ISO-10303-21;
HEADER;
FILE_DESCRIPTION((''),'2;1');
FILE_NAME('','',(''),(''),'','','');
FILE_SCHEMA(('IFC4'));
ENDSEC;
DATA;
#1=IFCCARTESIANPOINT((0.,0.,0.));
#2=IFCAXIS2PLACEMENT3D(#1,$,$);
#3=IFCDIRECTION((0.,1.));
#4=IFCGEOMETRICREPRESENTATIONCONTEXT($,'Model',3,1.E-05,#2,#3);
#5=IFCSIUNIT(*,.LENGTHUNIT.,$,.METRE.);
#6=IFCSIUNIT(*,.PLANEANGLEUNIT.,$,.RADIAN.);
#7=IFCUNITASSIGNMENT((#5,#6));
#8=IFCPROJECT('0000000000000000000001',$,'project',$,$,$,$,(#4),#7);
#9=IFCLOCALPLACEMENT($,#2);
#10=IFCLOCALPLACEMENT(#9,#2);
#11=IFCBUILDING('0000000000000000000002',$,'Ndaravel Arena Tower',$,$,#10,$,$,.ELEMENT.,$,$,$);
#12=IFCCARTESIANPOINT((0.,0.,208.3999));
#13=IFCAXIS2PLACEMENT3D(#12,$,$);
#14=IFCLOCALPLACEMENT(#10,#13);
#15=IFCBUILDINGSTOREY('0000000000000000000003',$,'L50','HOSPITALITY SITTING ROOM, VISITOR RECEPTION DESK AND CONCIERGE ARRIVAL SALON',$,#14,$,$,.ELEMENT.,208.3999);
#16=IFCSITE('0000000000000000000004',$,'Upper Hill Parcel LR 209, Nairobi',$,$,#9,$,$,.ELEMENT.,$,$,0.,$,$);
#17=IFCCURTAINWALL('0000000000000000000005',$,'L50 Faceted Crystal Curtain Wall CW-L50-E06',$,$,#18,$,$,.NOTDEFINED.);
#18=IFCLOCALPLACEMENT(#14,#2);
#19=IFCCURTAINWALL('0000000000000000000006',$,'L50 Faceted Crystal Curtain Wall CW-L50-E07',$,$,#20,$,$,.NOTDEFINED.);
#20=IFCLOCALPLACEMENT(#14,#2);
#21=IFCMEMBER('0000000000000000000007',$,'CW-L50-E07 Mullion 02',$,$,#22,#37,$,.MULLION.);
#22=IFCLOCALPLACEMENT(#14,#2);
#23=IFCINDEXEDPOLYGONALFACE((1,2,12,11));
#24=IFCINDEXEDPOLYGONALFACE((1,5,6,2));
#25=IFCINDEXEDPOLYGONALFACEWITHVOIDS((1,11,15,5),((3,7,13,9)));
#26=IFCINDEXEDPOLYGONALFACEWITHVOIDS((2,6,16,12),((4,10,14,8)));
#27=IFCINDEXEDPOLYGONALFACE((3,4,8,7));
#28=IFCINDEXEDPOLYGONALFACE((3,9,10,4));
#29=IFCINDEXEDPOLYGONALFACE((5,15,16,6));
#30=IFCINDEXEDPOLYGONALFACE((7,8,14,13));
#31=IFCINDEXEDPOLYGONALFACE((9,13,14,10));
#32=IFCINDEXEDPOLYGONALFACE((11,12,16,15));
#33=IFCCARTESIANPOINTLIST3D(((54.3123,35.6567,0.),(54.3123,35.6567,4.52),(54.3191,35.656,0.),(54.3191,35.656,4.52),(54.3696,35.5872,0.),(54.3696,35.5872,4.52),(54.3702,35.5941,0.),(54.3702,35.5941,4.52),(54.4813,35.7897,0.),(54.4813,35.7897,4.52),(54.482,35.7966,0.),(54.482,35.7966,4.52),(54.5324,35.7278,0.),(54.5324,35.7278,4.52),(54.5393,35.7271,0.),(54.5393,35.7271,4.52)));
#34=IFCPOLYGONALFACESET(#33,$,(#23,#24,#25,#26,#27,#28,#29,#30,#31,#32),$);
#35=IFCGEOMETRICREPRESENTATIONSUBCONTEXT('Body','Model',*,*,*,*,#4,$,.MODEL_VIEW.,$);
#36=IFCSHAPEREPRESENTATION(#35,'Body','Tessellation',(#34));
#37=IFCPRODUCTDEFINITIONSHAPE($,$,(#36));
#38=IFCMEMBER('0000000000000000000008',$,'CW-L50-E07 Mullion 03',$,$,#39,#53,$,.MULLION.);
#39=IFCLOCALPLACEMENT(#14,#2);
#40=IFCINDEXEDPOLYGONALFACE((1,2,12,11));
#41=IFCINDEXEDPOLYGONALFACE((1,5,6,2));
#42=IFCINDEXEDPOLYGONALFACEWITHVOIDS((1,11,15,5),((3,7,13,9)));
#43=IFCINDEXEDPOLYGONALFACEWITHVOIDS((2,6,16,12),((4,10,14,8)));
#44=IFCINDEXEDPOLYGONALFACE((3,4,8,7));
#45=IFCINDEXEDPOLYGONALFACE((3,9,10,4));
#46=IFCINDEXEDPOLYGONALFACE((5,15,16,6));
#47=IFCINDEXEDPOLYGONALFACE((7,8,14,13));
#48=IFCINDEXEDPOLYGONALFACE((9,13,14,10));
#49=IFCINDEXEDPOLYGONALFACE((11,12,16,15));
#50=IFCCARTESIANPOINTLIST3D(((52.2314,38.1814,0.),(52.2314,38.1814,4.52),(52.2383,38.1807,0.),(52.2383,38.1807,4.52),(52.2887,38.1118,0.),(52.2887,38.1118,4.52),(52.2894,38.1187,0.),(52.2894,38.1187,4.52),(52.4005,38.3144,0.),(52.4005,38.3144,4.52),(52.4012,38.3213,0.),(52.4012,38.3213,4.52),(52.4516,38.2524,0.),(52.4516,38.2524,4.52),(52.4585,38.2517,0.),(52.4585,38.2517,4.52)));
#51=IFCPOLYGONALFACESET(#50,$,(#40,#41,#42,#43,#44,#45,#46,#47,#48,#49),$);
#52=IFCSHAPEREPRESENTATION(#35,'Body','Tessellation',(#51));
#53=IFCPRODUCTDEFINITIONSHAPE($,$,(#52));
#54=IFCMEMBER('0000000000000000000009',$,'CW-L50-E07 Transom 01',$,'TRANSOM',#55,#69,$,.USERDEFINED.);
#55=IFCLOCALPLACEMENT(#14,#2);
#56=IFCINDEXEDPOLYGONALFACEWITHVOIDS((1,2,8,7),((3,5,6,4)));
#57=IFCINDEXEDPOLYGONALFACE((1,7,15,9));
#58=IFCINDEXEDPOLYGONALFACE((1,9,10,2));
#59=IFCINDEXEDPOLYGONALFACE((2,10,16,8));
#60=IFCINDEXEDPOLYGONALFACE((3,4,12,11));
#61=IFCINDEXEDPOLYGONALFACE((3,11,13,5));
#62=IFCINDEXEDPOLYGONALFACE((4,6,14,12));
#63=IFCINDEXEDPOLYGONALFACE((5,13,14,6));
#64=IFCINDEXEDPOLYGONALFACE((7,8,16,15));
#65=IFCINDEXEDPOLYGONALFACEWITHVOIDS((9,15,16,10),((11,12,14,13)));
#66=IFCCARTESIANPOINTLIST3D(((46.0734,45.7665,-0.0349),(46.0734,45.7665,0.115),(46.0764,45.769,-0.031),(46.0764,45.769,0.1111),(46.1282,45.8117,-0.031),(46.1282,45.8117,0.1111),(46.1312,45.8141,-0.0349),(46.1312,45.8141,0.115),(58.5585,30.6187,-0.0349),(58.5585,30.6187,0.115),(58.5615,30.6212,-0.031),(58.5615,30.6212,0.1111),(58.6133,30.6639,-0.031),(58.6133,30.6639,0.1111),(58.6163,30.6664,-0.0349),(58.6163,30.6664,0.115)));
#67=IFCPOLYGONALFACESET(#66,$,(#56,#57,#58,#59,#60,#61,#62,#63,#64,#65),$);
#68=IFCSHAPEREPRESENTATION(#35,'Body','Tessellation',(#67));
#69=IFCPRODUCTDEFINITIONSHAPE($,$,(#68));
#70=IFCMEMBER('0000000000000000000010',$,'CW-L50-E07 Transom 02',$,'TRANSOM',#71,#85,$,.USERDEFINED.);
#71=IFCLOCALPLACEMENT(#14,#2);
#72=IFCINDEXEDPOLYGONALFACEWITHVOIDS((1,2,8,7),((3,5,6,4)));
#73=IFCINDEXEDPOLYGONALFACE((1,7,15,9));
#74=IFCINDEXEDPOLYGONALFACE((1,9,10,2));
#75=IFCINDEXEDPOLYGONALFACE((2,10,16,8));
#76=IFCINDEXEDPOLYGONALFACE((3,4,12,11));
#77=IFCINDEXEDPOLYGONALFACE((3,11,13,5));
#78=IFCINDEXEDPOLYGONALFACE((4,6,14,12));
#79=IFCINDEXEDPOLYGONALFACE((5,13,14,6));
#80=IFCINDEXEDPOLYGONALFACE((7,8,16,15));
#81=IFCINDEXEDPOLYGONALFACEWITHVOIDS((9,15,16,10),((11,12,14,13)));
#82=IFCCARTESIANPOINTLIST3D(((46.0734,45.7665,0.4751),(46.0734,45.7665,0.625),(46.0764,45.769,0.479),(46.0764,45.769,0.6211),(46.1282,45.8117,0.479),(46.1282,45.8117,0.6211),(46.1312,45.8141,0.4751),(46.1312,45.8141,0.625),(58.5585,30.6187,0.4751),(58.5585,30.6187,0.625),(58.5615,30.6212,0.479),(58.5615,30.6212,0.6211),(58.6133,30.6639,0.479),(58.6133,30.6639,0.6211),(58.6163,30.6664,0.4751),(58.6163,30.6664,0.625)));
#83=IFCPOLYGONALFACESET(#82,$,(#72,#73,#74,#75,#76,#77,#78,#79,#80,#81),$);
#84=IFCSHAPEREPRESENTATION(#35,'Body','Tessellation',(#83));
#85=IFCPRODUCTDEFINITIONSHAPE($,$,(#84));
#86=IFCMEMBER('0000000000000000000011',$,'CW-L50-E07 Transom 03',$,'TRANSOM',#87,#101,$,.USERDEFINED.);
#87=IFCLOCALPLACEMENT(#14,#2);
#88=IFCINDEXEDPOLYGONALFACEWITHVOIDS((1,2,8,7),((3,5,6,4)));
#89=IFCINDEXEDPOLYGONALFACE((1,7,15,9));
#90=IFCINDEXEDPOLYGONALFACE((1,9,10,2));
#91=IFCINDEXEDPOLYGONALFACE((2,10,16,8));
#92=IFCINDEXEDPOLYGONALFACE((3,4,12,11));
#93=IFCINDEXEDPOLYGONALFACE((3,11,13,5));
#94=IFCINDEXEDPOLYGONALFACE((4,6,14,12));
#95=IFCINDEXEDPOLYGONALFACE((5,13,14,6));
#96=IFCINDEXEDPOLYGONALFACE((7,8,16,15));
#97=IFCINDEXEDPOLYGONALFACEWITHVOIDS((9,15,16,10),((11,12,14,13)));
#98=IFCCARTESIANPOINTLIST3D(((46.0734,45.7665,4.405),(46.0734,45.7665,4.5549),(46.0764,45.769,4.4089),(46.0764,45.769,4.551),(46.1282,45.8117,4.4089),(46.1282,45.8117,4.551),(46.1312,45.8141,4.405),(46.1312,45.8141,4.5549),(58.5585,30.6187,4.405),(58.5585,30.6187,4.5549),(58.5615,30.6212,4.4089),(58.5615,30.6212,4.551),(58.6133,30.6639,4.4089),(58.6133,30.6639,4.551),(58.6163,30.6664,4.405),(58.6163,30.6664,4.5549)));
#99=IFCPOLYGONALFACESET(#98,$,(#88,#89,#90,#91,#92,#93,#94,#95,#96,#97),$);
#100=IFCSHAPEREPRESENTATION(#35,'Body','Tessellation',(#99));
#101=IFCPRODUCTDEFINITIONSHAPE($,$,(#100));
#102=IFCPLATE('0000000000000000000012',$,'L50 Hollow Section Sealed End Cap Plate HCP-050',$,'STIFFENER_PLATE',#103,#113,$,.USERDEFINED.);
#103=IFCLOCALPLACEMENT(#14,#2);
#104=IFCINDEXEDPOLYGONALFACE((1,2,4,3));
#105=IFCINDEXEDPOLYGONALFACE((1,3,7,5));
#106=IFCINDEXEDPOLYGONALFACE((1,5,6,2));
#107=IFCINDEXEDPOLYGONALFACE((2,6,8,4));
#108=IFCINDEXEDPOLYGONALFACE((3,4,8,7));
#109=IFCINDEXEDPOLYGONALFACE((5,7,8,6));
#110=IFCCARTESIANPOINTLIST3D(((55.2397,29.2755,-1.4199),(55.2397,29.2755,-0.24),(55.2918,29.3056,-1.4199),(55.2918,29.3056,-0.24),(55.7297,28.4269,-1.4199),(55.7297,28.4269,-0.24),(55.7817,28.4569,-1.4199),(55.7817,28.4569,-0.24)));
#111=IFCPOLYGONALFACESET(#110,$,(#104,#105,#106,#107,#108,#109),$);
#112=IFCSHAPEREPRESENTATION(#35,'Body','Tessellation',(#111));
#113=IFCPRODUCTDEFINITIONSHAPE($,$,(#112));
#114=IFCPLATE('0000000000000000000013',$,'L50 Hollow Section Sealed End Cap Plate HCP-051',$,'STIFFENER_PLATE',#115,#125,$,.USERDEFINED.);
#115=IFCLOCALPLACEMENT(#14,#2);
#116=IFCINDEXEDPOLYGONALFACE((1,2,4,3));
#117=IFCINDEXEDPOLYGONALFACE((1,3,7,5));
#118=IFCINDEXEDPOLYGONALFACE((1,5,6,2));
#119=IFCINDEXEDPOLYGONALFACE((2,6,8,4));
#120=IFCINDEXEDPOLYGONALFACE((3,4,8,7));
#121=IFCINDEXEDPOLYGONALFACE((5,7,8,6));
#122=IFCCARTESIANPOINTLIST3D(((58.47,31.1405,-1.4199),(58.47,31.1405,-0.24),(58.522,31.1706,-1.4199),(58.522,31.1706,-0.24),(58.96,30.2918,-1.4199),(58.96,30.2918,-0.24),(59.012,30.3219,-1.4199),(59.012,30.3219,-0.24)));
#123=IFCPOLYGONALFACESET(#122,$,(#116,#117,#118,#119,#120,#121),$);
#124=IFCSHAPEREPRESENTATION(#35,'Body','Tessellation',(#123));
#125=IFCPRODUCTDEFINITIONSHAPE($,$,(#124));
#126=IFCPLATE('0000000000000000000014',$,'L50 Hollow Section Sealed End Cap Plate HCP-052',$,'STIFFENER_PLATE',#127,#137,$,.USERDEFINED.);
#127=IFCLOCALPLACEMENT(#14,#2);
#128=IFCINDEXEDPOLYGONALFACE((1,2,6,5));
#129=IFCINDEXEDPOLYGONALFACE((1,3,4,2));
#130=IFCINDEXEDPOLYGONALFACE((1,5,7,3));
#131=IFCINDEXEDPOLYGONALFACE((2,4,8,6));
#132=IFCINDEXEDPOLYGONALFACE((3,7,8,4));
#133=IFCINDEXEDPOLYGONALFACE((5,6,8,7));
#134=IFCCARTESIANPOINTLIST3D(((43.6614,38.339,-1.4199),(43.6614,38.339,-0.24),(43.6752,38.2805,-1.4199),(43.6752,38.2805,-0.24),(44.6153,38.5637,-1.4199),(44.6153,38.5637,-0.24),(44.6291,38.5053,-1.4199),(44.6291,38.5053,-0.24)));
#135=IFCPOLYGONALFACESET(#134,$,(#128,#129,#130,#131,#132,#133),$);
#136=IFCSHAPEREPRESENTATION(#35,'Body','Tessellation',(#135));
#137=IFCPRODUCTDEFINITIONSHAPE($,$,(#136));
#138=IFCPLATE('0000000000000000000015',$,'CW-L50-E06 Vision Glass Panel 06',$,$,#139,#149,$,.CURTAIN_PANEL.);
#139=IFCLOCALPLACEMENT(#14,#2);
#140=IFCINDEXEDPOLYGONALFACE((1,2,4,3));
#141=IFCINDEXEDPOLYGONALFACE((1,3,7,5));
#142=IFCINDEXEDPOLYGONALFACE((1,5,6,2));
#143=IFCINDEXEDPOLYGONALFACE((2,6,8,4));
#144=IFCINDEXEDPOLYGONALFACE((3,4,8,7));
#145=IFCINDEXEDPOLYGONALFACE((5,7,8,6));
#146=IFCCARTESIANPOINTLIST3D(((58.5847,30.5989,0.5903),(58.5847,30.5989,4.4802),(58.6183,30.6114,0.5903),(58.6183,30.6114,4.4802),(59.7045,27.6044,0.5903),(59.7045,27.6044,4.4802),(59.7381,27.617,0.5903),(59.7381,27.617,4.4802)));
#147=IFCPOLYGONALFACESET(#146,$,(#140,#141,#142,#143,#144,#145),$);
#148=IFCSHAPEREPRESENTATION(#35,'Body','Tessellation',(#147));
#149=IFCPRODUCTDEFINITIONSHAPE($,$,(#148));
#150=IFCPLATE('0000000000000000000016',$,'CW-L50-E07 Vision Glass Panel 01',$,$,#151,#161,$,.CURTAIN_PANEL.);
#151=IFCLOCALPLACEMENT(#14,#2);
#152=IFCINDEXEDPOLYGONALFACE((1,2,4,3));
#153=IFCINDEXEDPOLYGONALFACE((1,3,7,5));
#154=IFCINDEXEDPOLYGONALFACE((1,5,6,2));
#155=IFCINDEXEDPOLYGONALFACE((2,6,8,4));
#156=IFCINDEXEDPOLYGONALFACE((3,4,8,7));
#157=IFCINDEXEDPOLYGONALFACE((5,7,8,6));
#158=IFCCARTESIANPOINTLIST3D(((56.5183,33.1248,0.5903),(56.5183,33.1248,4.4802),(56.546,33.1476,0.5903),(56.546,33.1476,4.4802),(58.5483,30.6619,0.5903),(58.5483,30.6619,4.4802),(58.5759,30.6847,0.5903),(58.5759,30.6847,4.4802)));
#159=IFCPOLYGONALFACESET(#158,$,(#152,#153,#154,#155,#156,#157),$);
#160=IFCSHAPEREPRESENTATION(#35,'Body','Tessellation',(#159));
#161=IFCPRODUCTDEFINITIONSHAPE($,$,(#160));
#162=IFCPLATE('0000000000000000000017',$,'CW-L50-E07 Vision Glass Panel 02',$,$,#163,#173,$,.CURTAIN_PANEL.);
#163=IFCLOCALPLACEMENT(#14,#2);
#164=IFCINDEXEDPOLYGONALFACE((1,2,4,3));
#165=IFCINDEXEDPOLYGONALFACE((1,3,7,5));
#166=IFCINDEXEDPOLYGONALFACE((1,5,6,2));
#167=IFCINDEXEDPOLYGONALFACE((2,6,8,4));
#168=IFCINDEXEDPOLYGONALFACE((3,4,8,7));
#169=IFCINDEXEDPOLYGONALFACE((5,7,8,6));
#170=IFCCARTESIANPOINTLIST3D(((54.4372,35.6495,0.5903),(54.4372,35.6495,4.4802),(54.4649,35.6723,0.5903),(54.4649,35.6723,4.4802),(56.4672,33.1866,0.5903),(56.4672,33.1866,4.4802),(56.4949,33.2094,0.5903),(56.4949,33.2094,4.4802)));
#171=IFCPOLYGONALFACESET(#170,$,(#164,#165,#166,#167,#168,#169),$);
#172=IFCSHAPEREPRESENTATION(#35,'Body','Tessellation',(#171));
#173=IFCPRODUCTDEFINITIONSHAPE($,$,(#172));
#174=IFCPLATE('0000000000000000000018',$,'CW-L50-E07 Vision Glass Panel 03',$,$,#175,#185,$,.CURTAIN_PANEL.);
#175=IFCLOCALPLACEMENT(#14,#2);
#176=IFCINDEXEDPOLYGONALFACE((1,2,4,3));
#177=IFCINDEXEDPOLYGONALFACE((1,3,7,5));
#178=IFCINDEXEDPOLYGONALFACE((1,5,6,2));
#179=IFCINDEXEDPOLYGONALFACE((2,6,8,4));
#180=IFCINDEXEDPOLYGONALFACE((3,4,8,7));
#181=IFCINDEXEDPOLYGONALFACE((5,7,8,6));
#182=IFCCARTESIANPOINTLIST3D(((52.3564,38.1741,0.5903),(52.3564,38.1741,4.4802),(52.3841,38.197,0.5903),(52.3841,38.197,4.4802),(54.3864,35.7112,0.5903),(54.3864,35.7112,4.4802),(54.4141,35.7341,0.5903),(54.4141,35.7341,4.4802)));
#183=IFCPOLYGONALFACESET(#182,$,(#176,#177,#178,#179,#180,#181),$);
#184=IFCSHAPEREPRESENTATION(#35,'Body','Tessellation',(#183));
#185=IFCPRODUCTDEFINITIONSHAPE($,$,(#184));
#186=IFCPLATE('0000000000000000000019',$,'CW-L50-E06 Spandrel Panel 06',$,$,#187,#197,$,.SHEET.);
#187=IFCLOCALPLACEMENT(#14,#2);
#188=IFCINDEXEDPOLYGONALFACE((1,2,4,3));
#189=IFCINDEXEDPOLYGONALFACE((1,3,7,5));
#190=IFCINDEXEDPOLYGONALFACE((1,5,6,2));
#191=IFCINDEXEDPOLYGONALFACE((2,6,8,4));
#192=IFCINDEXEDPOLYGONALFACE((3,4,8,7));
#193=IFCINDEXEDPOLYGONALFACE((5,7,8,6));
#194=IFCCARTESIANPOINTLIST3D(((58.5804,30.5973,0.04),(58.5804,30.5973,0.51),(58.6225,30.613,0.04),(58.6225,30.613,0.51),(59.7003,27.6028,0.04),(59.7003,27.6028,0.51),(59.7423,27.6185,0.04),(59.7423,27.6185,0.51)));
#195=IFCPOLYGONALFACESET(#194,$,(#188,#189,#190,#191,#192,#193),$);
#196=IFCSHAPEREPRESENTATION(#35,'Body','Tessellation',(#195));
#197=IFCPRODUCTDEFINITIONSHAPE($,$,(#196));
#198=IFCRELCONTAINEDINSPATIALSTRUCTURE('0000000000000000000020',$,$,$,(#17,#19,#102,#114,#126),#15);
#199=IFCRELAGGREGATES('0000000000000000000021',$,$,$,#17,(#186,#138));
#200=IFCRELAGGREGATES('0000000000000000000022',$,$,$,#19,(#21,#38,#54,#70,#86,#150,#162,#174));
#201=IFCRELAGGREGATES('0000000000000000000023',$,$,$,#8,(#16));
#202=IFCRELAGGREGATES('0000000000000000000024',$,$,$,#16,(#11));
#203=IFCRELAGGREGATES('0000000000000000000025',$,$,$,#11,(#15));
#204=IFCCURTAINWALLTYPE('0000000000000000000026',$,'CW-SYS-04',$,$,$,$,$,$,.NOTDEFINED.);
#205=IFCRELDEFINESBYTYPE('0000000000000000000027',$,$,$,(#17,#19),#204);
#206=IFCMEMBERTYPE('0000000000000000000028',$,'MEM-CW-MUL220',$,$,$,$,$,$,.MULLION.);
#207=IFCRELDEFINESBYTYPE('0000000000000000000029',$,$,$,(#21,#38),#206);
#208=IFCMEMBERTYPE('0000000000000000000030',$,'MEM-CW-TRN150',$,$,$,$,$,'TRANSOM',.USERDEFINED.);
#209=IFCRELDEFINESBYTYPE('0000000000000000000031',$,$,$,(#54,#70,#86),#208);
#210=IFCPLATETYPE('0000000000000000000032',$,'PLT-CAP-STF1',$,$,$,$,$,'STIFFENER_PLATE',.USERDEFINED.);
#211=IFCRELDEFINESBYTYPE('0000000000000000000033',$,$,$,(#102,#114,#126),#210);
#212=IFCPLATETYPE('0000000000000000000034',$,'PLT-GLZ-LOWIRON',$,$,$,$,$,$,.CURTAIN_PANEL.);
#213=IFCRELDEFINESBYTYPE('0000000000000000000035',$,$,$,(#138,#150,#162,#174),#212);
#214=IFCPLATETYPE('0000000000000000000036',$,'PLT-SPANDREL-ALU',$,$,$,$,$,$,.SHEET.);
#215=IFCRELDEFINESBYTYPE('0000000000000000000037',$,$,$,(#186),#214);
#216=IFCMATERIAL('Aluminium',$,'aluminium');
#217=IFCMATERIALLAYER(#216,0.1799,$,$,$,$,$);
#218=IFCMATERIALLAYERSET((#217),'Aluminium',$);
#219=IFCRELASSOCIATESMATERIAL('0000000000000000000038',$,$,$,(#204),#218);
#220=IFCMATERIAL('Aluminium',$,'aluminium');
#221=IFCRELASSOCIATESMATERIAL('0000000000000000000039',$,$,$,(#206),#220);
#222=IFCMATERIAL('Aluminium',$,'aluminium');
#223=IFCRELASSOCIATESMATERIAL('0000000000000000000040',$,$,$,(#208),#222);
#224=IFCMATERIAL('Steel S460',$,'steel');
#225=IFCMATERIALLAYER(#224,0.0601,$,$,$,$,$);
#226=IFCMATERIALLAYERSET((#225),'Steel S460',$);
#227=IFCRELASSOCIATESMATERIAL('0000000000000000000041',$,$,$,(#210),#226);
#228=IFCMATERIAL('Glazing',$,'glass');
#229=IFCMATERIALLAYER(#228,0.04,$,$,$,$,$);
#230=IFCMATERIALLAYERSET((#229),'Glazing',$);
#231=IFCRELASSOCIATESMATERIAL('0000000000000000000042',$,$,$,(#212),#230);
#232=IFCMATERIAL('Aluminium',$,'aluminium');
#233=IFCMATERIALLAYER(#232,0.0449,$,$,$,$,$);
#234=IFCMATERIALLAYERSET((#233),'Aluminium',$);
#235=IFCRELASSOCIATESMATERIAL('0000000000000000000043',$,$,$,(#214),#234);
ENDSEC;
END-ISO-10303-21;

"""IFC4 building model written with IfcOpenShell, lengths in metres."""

from ifc_helpers import new_model, si_unit, direction, frame, origin, origin_2d, place, context, subcontext, project, spatial, rectangle, hollow_rectangle, extrude, material, layer, layer_set, material_profile, profile_set, type_object, element, aggregate, save


model = new_model("IFC4")

# Units and contexts
model_context = context("Model", 3, precision=1e-05, world=origin(), true_north=direction((0.0, 1.0)))
body_context = subcontext(model_context, "Body", "Model", "MODEL_VIEW")
ifc_project = project(units=[si_unit("LENGTHUNIT", "METRE"), si_unit("PLANEANGLEUNIT", "RADIAN")], contexts=[model_context])

# Site, building, storey
site_placement = place(None, origin())
site = spatial("IfcSite", under=ifc_project, at=site_placement, Name="Upper Hill Parcel LR 209, Nairobi", CompositionType="ELEMENT", RefElevation=0.0)
building_placement = place(site_placement, origin())
building = spatial("IfcBuilding", under=site, at=building_placement, Name="Ndaravel Arena Tower", CompositionType="ELEMENT")
storey_placement = place(building_placement, frame((0.0, 0.0, 208.3999)))
storey = spatial("IfcBuildingStorey", under=building, at=storey_placement, Name="L50", Description="HOSPITALITY SITTING ROOM, VISITOR RECEPTION DESK AND CONCIERGE ARRIVAL SALON", CompositionType="ELEMENT", Elevation=208.3999)

# Curtain wall
ifc_material_1 = material(Name="Aluminium", Category="aluminium")
ifc_layer_1 = layer(ifc_material_1, 0.1799)
ifc_layer_set_1 = layer_set([ifc_layer_1], Name="Aluminium")
curtain_wall_type = type_object("IfcCurtainWallType", Name="CW-SYS-04", PredefinedType="NOTDEFINED", material=ifc_layer_set_1)
curtain_wall_1_placement = place(storey_placement, origin())
curtain_wall_1 = element("IfcCurtainWall", 1, at=curtain_wall_1_placement, inside=storey, type_object=curtain_wall_type, Name="L50 Faceted Crystal Curtain Wall CW-L50-E06", PredefinedType="NOTDEFINED")
ifc_material_2 = material(Name="Aluminium", Category="aluminium")
ifc_material_profile_1 = material_profile(ifc_material_2, hollow_rectangle(XDim=0.0901, YDim=0.22, WallThickness=0.0049, at=origin_2d()), Name="CW MULLION 90x220x5")
ifc_profile_set_1 = profile_set([ifc_material_profile_1], Name="Aluminium")
member_type_1 = type_object("IfcMemberType", Name="MEM-CW-MUL220", PredefinedType="MULLION", material=ifc_profile_set_1)

# Curtain wall, members
curtain_wall_2_placement = place(storey_placement, origin())
curtain_wall_2 = element("IfcCurtainWall", 2, at=curtain_wall_2_placement, inside=storey, type_object=curtain_wall_type, Name="L50 Faceted Crystal Curtain Wall CW-L50-E07", PredefinedType="NOTDEFINED")
member_1_placement = place(storey_placement, frame((54.4258, 35.6919, 0.0), z_axis=(0.0, 0.0, 1.0), x_axis=(-0.636024, 0.771669, 0.0)))
member_1 = element("IfcMember", 3, at=member_1_placement, type_object=member_type_1, Name="CW-L50-E07 Mullion 02", PredefinedType="MULLION", context=body_context, shape_type="SweptSolid", body=[
    extrude(hollow_rectangle(XDim=0.0901, YDim=0.22, WallThickness=0.0049, at=origin_2d()), origin(), (0.0, 0.0, 1.0), 4.52),
])
member_2_placement = place(storey_placement, frame((52.345, 38.2166, 0.0), z_axis=(0.0, 0.0, 1.0), x_axis=(-0.636024, 0.771669, 0.0)))
member_2 = element("IfcMember", 4, at=member_2_placement, type_object=member_type_1, Name="CW-L50-E07 Mullion 03", PredefinedType="MULLION", context=body_context, shape_type="SweptSolid", body=[
    extrude(hollow_rectangle(XDim=0.0901, YDim=0.22, WallThickness=0.0049, at=origin_2d()), origin(), (0.0, 0.0, 1.0), 4.52),
])
ifc_material_3 = material(Name="Aluminium", Category="aluminium")
ifc_material_profile_2 = material_profile(ifc_material_3, hollow_rectangle(XDim=0.075, YDim=0.1499, WallThickness=0.0039, at=origin_2d()), Name="CW TRANSOM 75x150x4")
ifc_profile_set_2 = profile_set([ifc_material_profile_2], Name="Aluminium")
member_type_2 = type_object("IfcMemberType", Name="MEM-CW-TRN150", ElementType="TRANSOM", PredefinedType="USERDEFINED", material=ifc_profile_set_2)
member_3_placement = place(storey_placement, frame((58.5874, 30.6426, 0.04), z_axis=(-0.636027, 0.771667, 0.0), x_axis=(-0.771667, -0.636027, 0.0)))
member_3 = element("IfcMember", 5, at=member_3_placement, type_object=member_type_2, Name="CW-L50-E07 Transom 01", ObjectType="TRANSOM", PredefinedType="USERDEFINED", context=body_context, shape_type="SweptSolid", body=[
    extrude(hollow_rectangle(XDim=0.075, YDim=0.1499, WallThickness=0.0039, at=origin_2d()), origin(), (0.0, 0.0, 1.0), 19.6299),
])
member_4_placement = place(storey_placement, frame((58.5874, 30.6426, 0.55), z_axis=(-0.636027, 0.771667, 0.0), x_axis=(-0.771667, -0.636027, 0.0)))
member_4 = element("IfcMember", 6, at=member_4_placement, type_object=member_type_2, Name="CW-L50-E07 Transom 02", ObjectType="TRANSOM", PredefinedType="USERDEFINED", context=body_context, shape_type="SweptSolid", body=[
    extrude(hollow_rectangle(XDim=0.075, YDim=0.1499, WallThickness=0.0039, at=origin_2d()), origin(), (0.0, 0.0, 1.0), 19.6299),
])
member_5_placement = place(storey_placement, frame((58.5874, 30.6426, 4.48), z_axis=(-0.636027, 0.771667, 0.0), x_axis=(-0.771667, -0.636027, 0.0)))
member_5 = element("IfcMember", 7, at=member_5_placement, type_object=member_type_2, Name="CW-L50-E07 Transom 03", ObjectType="TRANSOM", PredefinedType="USERDEFINED", context=body_context, shape_type="SweptSolid", body=[
    extrude(hollow_rectangle(XDim=0.075, YDim=0.1499, WallThickness=0.0039, at=origin_2d()), origin(), (0.0, 0.0, 1.0), 19.6299),
])

# Plates
ifc_material_4 = material(Name="Steel S460", Category="steel")
ifc_layer_2 = layer(ifc_material_4, 0.0601)
ifc_layer_set_2 = layer_set([ifc_layer_2], Name="Steel S460")
plate_type_1 = type_object("IfcPlateType", Name="PLT-CAP-STF1", ElementType="STIFFENER_PLATE", PredefinedType="USERDEFINED", material=ifc_layer_set_2)
for number, where, z_axis, x_axis, name in (
    (8, (55.5107, 28.8662, -1.4199), (0.0, 0.0, 1.0), (0.866025, 0.5, 0.0), "L50 Hollow Section Sealed End Cap Plate HCP-050"),
    (9, (58.741, 30.7312, -1.4199), (0.0, 0.0, 1.0), (0.866025, 0.5, 0.0), "L50 Hollow Section Sealed End Cap Plate HCP-051"),
    (10, (44.1453, 38.4221, -1.4199), (0.0, 0.0, 1.0), (-0.22937, 0.973339, 0.0), "L50 Hollow Section Sealed End Cap Plate HCP-052"),
):
    element("IfcPlate", number, at=place(storey_placement, frame(where, z_axis=z_axis, x_axis=x_axis)), inside=storey, type_object=plate_type_1, Name=name, ObjectType="STIFFENER_PLATE", PredefinedType="USERDEFINED", context=body_context, shape_type="SweptSolid", body=[
        extrude(rectangle(XDim=0.0601, YDim=0.98, at=origin_2d()), origin(), (0.0, 0.0, 1.0), 1.1799),
    ])

# Plates
ifc_material_5 = material(Name="Glazing", Category="glass")
ifc_layer_3 = layer(ifc_material_5, 0.04)
ifc_layer_set_3 = layer_set([ifc_layer_3], Name="Glazing")
plate_type_2 = type_object("IfcPlateType", Name="PLT-GLZ-LOWIRON", PredefinedType="CURTAIN_PANEL", material=ifc_layer_set_3)
plate_1_placement = place(storey_placement, frame((59.1614, 29.1079, 0.5903), z_axis=(0.0, 0.0, 1.0), x_axis=(-0.350273, 0.936648, 0.0)))
plate_1 = element("IfcPlate", 11, at=plate_1_placement, type_object=plate_type_2, Name="CW-L50-E06 Vision Glass Panel 06", PredefinedType="CURTAIN_PANEL", context=body_context, shape_type="SweptSolid", body=[
    extrude(rectangle(XDim=3.197, YDim=0.0359, at=origin_2d()), origin(), (0.0, 0.0, 1.0), 3.8899),
])
plate_2_placement = place(storey_placement, frame((57.5471, 31.9048, 0.5903), z_axis=(0.0, 0.0, 1.0), x_axis=(-0.636024, 0.771669, 0.0)))
plate_2 = element("IfcPlate", 12, at=plate_2_placement, type_object=plate_type_2, Name="CW-L50-E07 Vision Glass Panel 01", PredefinedType="CURTAIN_PANEL", context=body_context, shape_type="SweptSolid", body=[
    extrude(rectangle(XDim=3.1917, YDim=0.0359, at=origin_2d()), origin(), (0.0, 0.0, 1.0), 3.8899),
])
plate_3_placement = place(storey_placement, frame((55.4661, 34.4294, 0.5903), z_axis=(0.0, 0.0, 1.0), x_axis=(-0.636024, 0.771669, 0.0)))
plate_3 = element("IfcPlate", 13, at=plate_3_placement, type_object=plate_type_2, Name="CW-L50-E07 Vision Glass Panel 02", PredefinedType="CURTAIN_PANEL", context=body_context, shape_type="SweptSolid", body=[
    extrude(rectangle(XDim=3.1917, YDim=0.0359, at=origin_2d()), origin(), (0.0, 0.0, 1.0), 3.8899),
])
plate_4_placement = place(storey_placement, frame((53.3853, 36.9541, 0.5903), z_axis=(0.0, 0.0, 1.0), x_axis=(-0.636024, 0.771669, 0.0)))
plate_4 = element("IfcPlate", 14, at=plate_4_placement, type_object=plate_type_2, Name="CW-L50-E07 Vision Glass Panel 03", PredefinedType="CURTAIN_PANEL", context=body_context, shape_type="SweptSolid", body=[
    extrude(rectangle(XDim=3.1917, YDim=0.0359, at=origin_2d()), origin(), (0.0, 0.0, 1.0), 3.8899),
])
ifc_material_6 = material(Name="Aluminium", Category="aluminium")
ifc_layer_4 = layer(ifc_material_6, 0.0449)
ifc_layer_set_4 = layer_set([ifc_layer_4], Name="Aluminium")
plate_type_3 = type_object("IfcPlateType", Name="PLT-SPANDREL-ALU", PredefinedType="SHEET", material=ifc_layer_set_4)
plate_5_placement = place(storey_placement, frame((59.1614, 29.1079, 0.04), z_axis=(0.0, 0.0, 1.0), x_axis=(-0.350273, 0.936648, 0.0)))
plate_5 = element("IfcPlate", 15, at=plate_5_placement, type_object=plate_type_3, Name="CW-L50-E06 Spandrel Panel 06", PredefinedType="SHEET", context=body_context, shape_type="SweptSolid", body=[
    extrude(rectangle(XDim=3.197, YDim=0.0449, at=origin_2d()), origin(), (0.0, 0.0, 1.0), 0.47),
])
aggregate(curtain_wall_1, [plate_5, plate_1])
aggregate(curtain_wall_2, [member_1, member_2, member_3, member_4, member_5, plate_2, plate_3, plate_4])

save(model, "model.ifc")
